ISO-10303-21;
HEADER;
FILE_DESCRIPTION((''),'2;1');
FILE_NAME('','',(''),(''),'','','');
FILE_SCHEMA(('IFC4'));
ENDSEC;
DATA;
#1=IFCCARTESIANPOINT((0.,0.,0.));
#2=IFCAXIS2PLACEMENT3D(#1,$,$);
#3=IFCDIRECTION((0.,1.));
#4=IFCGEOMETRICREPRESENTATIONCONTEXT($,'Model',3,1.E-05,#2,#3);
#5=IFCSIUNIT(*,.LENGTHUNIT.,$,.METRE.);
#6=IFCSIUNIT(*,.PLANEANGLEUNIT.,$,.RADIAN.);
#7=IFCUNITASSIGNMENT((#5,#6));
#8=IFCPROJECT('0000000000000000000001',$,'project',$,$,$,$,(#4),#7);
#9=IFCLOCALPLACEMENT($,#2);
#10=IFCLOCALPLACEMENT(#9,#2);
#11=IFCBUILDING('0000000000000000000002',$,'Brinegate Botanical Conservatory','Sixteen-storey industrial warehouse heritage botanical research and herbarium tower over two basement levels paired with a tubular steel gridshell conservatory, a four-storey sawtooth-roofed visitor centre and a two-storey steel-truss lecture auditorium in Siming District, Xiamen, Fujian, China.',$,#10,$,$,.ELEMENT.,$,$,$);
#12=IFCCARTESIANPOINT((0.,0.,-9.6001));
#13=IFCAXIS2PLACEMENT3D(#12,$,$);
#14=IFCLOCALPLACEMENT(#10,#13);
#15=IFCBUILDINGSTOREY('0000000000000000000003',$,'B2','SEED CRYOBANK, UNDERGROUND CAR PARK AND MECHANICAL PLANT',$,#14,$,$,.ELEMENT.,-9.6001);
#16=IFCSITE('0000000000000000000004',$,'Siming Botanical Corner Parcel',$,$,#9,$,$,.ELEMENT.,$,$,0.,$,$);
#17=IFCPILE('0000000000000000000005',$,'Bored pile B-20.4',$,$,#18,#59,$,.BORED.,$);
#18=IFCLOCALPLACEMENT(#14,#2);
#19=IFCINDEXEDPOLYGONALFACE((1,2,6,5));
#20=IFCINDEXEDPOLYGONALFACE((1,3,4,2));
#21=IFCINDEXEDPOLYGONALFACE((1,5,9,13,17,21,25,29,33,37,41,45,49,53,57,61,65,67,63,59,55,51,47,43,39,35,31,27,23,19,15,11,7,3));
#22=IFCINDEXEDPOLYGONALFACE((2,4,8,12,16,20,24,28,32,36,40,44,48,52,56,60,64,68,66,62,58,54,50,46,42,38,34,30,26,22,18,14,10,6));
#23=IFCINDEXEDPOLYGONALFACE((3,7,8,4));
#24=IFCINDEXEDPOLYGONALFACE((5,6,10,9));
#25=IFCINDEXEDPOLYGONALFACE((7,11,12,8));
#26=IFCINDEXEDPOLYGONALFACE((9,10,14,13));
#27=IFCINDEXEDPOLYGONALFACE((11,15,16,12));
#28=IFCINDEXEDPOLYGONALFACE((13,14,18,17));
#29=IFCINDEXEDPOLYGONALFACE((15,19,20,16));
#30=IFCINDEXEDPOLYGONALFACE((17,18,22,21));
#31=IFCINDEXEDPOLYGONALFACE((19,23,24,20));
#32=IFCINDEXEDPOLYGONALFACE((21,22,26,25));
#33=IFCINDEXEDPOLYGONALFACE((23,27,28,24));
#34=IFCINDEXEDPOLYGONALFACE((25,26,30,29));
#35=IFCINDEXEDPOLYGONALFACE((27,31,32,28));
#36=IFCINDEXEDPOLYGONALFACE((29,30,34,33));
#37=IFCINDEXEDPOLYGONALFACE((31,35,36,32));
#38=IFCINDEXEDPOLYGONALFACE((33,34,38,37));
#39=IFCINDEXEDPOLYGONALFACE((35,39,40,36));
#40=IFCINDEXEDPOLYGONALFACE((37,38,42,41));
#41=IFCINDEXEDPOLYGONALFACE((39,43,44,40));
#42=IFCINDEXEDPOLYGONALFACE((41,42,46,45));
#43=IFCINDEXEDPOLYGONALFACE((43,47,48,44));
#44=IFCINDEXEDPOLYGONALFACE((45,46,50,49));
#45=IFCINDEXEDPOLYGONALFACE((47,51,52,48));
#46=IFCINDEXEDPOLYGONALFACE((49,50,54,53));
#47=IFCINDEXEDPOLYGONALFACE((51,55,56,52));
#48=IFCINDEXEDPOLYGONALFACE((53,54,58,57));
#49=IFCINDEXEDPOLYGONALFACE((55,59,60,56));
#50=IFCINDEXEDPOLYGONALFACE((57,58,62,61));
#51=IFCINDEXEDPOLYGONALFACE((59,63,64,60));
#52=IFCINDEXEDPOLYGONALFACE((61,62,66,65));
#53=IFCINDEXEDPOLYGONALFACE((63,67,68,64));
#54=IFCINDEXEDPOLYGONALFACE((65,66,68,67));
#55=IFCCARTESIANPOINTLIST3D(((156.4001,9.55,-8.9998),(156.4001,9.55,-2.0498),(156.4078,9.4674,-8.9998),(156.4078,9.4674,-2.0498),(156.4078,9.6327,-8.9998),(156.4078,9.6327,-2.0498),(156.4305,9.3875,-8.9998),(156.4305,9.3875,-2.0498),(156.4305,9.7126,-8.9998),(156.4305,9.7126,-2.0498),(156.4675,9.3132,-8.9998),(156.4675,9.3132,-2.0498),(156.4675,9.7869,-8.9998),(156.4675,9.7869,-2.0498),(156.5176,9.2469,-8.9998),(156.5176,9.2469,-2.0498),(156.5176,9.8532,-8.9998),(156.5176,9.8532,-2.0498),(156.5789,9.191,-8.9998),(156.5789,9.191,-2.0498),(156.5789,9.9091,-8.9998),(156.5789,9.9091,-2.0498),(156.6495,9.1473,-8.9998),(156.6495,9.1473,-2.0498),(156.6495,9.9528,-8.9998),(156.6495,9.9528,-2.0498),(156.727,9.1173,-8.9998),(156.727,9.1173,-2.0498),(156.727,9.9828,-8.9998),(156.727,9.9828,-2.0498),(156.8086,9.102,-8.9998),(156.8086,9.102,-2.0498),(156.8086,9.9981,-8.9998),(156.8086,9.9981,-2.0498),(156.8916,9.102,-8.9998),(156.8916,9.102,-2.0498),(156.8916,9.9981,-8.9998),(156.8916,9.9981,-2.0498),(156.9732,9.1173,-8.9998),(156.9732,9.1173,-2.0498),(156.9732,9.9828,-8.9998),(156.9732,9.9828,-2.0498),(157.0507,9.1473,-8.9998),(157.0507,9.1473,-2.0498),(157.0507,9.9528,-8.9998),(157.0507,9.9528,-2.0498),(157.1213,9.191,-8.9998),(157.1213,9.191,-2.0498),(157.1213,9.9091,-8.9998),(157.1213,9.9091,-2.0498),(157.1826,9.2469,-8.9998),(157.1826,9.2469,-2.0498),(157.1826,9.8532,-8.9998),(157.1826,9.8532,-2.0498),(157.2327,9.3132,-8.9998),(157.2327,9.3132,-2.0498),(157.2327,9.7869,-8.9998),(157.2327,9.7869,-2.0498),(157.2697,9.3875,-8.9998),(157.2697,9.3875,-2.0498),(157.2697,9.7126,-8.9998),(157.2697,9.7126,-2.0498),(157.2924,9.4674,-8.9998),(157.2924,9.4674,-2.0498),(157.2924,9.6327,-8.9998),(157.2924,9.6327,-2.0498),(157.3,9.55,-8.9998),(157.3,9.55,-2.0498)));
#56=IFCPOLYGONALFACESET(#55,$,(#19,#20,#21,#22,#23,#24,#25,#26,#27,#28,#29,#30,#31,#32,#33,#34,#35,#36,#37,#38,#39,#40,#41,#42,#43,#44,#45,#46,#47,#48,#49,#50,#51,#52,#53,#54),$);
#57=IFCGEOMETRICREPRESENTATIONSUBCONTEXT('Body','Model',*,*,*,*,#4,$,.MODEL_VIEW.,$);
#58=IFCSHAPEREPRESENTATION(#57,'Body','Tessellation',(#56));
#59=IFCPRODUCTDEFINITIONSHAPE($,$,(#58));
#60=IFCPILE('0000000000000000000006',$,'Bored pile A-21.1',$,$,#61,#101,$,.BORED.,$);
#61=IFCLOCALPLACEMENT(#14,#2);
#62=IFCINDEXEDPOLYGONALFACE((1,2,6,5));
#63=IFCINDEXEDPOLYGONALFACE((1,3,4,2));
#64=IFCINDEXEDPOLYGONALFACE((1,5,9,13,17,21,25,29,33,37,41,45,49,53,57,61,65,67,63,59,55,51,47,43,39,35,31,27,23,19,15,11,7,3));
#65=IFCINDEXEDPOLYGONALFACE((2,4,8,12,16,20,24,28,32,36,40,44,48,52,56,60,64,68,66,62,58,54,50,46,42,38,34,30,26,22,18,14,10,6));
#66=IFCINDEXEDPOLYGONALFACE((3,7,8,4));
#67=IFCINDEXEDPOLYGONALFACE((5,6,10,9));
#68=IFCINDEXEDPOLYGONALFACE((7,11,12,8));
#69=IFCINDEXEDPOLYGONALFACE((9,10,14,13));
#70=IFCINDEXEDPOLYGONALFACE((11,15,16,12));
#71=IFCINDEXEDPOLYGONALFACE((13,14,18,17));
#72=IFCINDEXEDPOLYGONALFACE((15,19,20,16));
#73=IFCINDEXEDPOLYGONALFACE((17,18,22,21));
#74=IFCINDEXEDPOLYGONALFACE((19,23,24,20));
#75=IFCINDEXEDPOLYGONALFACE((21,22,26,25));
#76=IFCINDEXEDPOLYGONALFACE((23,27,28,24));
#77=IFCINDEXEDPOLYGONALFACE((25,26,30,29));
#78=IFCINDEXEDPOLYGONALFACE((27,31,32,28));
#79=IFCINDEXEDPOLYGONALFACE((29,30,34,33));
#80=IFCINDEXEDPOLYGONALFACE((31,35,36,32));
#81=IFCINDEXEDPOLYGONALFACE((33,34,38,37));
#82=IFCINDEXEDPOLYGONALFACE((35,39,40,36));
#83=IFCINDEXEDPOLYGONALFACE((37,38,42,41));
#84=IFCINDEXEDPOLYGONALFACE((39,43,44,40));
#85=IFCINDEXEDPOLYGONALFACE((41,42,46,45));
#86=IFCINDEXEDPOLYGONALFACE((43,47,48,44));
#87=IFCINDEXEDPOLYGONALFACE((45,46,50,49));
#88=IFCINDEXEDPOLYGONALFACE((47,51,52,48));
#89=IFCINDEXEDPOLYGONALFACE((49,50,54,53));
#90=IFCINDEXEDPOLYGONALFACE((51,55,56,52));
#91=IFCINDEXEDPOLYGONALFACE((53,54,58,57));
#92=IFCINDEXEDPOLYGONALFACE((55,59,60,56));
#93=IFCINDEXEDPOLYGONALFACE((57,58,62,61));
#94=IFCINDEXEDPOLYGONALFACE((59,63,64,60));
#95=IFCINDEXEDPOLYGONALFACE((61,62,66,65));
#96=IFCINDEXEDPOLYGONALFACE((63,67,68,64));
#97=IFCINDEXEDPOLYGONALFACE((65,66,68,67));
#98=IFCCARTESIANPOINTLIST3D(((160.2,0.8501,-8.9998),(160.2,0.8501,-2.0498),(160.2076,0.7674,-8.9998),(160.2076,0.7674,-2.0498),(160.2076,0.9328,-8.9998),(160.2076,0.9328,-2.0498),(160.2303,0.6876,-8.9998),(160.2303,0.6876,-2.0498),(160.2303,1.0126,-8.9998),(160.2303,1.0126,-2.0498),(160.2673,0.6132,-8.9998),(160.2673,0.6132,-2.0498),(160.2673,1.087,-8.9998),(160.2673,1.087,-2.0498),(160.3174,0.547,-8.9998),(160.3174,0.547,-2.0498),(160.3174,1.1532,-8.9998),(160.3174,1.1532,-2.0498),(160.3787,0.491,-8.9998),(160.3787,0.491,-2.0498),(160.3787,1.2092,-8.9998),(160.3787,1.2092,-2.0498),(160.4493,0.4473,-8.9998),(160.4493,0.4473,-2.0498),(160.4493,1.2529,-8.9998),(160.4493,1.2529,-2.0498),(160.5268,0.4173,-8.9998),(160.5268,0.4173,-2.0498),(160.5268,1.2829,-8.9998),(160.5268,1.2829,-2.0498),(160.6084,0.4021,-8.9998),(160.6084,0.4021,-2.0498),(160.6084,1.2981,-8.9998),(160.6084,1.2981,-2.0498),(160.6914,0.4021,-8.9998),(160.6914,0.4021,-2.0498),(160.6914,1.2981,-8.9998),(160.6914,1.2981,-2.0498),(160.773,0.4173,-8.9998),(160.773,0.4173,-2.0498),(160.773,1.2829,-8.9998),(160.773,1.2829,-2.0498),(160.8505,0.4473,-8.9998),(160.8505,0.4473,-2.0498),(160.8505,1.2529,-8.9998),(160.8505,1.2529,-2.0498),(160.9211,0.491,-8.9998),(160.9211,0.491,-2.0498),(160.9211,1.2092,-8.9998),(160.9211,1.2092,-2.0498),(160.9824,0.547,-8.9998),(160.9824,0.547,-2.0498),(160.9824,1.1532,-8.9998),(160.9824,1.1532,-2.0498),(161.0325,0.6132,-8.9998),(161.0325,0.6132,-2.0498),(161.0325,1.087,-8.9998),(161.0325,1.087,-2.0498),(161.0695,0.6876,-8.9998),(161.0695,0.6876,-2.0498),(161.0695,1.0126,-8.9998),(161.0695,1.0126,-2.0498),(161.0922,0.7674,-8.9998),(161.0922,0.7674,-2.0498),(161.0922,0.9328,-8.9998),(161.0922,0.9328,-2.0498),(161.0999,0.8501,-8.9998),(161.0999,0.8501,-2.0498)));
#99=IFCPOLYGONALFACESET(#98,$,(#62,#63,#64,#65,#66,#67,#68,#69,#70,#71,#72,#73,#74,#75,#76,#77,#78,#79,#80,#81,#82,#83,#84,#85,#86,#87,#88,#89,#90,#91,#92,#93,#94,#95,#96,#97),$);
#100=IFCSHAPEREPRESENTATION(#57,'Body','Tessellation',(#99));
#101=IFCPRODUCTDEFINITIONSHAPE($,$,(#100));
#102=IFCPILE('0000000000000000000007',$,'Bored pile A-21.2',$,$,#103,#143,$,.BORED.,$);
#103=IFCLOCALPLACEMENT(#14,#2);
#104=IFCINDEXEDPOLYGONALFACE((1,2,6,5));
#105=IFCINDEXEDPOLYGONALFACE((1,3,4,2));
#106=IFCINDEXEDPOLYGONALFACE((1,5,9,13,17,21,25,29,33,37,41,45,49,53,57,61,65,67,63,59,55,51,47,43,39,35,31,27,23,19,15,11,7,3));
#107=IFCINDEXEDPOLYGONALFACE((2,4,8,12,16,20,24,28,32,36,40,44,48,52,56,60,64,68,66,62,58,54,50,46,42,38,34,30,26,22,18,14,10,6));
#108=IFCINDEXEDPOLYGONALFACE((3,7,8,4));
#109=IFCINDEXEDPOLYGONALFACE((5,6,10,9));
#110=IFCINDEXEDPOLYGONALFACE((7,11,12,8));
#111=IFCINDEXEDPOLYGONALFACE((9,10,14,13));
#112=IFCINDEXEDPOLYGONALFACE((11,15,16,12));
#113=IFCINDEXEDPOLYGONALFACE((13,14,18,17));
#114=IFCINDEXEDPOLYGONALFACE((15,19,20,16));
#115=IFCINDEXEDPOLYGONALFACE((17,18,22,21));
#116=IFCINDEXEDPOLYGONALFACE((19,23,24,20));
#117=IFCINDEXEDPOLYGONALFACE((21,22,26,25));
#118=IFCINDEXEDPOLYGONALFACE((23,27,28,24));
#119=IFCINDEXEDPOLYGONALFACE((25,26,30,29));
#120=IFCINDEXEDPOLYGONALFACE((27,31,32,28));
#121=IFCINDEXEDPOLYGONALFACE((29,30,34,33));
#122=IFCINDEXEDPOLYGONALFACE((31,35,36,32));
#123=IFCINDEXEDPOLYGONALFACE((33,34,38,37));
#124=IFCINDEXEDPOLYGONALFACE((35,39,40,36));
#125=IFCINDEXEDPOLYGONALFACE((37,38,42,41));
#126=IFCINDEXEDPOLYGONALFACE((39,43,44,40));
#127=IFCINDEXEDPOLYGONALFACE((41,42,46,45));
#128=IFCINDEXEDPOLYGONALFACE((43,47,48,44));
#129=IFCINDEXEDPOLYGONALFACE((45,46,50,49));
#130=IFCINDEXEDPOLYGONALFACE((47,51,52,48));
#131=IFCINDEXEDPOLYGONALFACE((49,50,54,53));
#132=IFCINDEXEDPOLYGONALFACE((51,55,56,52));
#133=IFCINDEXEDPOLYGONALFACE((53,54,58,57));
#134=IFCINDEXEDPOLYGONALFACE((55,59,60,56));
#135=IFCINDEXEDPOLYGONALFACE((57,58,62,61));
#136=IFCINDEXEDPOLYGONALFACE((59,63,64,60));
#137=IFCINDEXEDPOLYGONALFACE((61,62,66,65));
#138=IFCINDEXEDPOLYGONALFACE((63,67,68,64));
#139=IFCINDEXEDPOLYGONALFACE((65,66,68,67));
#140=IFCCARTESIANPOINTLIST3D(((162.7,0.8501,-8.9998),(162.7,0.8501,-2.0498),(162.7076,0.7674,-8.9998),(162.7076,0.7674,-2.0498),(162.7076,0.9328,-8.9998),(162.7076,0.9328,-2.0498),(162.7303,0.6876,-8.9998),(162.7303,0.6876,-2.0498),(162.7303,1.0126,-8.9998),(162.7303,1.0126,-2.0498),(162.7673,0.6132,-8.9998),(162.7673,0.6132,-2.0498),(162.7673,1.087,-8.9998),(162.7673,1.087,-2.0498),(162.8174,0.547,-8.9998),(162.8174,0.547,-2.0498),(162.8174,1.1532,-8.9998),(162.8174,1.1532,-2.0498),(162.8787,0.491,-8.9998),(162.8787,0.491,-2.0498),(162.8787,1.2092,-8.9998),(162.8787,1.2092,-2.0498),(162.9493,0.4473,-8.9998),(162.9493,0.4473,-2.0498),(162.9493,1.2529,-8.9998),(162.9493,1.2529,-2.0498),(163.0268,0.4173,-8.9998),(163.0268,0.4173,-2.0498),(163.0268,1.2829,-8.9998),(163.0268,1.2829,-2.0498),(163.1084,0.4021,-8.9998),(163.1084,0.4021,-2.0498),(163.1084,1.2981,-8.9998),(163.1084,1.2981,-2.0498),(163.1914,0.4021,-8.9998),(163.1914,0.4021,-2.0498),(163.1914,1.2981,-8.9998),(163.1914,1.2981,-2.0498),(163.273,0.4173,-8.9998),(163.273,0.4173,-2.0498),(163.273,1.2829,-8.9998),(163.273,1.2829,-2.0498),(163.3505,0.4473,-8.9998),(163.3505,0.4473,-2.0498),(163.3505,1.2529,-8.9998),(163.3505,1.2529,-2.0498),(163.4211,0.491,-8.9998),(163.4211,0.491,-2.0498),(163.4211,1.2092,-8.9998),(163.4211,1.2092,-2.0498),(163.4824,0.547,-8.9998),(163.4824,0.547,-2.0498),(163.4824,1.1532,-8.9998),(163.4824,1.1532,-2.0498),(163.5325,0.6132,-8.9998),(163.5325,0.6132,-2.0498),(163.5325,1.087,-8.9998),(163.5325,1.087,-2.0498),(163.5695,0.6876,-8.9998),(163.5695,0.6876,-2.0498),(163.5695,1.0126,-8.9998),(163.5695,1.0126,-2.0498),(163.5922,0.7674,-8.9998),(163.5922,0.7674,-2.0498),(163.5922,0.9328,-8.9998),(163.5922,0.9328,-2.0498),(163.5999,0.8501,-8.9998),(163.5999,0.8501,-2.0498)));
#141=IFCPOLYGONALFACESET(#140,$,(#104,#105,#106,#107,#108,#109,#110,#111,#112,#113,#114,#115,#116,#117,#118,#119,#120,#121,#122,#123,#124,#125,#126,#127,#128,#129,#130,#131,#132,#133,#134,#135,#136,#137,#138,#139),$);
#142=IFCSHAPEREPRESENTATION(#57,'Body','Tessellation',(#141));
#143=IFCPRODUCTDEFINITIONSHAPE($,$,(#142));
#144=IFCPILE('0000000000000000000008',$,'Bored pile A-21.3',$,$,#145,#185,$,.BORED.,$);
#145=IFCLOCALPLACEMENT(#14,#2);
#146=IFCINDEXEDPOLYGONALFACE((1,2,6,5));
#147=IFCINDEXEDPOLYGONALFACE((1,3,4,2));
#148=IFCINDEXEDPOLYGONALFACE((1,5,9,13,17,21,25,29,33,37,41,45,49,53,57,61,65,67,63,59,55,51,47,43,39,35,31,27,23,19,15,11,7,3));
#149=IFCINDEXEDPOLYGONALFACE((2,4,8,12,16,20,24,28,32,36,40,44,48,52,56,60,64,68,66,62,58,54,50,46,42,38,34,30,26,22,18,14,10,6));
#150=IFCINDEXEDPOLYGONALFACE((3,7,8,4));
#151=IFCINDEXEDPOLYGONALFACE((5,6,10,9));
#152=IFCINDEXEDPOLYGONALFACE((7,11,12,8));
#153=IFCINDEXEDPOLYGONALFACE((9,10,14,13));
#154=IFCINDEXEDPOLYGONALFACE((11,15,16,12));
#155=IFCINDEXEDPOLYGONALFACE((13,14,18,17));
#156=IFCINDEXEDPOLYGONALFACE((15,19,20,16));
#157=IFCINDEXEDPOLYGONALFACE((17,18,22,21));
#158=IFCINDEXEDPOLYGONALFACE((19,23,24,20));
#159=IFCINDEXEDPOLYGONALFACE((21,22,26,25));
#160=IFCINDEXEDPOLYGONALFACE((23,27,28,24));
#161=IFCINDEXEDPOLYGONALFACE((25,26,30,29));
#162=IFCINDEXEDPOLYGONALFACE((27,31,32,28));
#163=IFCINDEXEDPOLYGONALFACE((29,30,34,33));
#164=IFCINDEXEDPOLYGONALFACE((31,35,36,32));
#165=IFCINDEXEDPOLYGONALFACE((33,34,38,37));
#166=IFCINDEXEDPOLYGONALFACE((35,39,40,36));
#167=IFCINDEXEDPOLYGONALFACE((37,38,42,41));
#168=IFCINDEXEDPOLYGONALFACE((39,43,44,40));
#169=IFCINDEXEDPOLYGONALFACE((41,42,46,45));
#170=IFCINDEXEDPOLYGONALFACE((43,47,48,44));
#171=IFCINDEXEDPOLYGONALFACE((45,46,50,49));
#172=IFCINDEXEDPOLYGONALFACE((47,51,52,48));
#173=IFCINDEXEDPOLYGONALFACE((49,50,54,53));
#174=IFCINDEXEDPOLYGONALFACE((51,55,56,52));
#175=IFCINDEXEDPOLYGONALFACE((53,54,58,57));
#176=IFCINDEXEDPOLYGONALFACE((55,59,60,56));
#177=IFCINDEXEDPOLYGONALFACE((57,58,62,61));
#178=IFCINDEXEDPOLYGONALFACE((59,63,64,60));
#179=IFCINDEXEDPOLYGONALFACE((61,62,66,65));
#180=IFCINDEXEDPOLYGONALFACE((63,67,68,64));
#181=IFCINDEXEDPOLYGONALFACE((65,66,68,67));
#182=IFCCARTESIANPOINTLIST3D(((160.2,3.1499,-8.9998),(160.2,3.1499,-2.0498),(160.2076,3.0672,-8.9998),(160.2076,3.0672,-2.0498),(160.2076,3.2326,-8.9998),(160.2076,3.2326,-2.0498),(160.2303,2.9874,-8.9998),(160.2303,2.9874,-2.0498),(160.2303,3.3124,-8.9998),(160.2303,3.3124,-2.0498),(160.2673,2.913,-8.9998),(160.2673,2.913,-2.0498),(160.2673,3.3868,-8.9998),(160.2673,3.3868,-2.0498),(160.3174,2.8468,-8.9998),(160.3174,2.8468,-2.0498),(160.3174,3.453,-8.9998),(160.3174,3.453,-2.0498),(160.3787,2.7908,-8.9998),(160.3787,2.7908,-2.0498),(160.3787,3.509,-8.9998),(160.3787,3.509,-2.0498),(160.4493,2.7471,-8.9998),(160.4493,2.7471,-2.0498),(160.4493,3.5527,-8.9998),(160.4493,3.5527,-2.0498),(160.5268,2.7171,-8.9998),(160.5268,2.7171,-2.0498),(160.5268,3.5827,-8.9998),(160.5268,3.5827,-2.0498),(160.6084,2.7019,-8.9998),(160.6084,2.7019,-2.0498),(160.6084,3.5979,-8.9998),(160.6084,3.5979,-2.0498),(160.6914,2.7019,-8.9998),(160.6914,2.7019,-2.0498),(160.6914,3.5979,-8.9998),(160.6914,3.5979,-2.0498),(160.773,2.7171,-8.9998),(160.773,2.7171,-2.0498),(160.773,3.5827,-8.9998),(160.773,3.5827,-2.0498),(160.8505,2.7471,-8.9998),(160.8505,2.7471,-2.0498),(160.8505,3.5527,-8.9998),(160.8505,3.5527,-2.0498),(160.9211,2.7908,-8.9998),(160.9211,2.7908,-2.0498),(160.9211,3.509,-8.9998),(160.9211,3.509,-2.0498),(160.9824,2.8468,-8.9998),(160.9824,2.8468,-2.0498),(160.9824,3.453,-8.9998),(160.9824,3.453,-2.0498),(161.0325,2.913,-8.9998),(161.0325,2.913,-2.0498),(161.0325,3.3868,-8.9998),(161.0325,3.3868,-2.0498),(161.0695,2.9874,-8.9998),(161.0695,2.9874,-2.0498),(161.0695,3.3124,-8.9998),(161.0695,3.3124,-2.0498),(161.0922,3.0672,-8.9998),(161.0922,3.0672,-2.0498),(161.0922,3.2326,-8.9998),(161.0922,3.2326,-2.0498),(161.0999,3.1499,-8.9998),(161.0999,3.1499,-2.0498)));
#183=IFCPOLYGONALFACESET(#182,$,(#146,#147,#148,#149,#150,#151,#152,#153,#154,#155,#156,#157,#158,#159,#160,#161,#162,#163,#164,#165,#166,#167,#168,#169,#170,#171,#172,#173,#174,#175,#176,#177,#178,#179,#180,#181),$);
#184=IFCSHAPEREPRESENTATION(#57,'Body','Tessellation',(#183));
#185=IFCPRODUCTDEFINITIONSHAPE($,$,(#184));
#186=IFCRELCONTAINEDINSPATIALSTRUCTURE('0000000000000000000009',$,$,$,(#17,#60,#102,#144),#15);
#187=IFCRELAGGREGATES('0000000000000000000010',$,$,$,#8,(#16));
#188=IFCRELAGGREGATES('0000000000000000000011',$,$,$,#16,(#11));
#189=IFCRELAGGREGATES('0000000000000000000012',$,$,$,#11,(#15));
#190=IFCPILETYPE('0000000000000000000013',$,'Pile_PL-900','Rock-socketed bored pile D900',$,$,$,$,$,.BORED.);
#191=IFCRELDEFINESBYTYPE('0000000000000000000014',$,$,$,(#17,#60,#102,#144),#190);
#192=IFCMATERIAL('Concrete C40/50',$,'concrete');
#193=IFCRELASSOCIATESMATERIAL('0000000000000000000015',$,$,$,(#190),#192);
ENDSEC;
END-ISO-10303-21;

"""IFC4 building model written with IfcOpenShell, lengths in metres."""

from ifc_helpers import new_model, si_unit, direction, frame, origin, origin_2d, place, context, subcontext, project, spatial, circle, extrude, material, material_profile, profile_set, type_object, element, save


model = new_model("IFC4")

# Units and contexts
model_context = context("Model", 3, precision=1e-05, world=origin(), true_north=direction((0.0, 1.0)))
body_context = subcontext(model_context, "Body", "Model", "MODEL_VIEW")
ifc_project = project(units=[si_unit("LENGTHUNIT", "METRE"), si_unit("PLANEANGLEUNIT", "RADIAN")], contexts=[model_context])

# Site, building, storey
site_placement = place(None, origin())
site = spatial("IfcSite", under=ifc_project, at=site_placement, Name="Siming Botanical Corner Parcel", CompositionType="ELEMENT", RefElevation=0.0)
building_placement = place(site_placement, origin())
building = spatial("IfcBuilding", under=site, at=building_placement, Name="Brinegate Botanical Conservatory", Description="Sixteen-storey industrial warehouse heritage botanical research and herbarium tower over two basement levels paired with a tubular steel gridshell conservatory, a four-storey sawtooth-roofed visitor centre and a two-storey steel-truss lecture auditorium in Siming District, Xiamen, Fujian, China.", CompositionType="ELEMENT")
storey_placement = place(building_placement, frame((0.0, 0.0, -9.6001)))
storey = spatial("IfcBuildingStorey", under=building, at=storey_placement, Name="B2", Description="SEED CRYOBANK, UNDERGROUND CAR PARK AND MECHANICAL PLANT", CompositionType="ELEMENT", Elevation=-9.6001)

# Shared definitions
ifc_material_1 = material(Name="Concrete C40/50", Category="concrete")

# Piles
ifc_material_profile_1 = material_profile(ifc_material_1, circle(Radius=0.45, at=origin_2d()), Name="PILE D900")
ifc_profile_set_1 = profile_set([ifc_material_profile_1], Name="Concrete C40/50")
pile_type = type_object("IfcPileType", Name="Pile_PL-900", Description="Rock-socketed bored pile D900", PredefinedType="BORED", material=ifc_profile_set_1)
for number, where, z_axis, x_axis, name in (
    (1, (156.8501, 9.55, -2.0498), (0.0, 0.0, -1.0), (1.0, 0.0, 0.0), "Bored pile B-20.4"),
    (2, (160.6499, 0.8501, -2.0498), (0.0, 0.0, -1.0), (1.0, 0.0, 0.0), "Bored pile A-21.1"),
    (3, (163.1499, 0.8501, -2.0498), (0.0, 0.0, -1.0), (1.0, 0.0, 0.0), "Bored pile A-21.2"),
    (4, (160.6499, 3.1499, -2.0498), (0.0, 0.0, -1.0), (1.0, 0.0, 0.0), "Bored pile A-21.3"),
):
    element("IfcPile", number, at=place(storey_placement, frame(where, z_axis=z_axis, x_axis=x_axis)), inside=storey, type_object=pile_type, Name=name, PredefinedType="BORED", context=body_context, shape_type="SweptSolid", body=[
        extrude(circle(Radius=0.45, at=origin_2d()), origin(), (0.0, 0.0, 1.0), 6.95),
    ])

save(model, "model.ifc")
